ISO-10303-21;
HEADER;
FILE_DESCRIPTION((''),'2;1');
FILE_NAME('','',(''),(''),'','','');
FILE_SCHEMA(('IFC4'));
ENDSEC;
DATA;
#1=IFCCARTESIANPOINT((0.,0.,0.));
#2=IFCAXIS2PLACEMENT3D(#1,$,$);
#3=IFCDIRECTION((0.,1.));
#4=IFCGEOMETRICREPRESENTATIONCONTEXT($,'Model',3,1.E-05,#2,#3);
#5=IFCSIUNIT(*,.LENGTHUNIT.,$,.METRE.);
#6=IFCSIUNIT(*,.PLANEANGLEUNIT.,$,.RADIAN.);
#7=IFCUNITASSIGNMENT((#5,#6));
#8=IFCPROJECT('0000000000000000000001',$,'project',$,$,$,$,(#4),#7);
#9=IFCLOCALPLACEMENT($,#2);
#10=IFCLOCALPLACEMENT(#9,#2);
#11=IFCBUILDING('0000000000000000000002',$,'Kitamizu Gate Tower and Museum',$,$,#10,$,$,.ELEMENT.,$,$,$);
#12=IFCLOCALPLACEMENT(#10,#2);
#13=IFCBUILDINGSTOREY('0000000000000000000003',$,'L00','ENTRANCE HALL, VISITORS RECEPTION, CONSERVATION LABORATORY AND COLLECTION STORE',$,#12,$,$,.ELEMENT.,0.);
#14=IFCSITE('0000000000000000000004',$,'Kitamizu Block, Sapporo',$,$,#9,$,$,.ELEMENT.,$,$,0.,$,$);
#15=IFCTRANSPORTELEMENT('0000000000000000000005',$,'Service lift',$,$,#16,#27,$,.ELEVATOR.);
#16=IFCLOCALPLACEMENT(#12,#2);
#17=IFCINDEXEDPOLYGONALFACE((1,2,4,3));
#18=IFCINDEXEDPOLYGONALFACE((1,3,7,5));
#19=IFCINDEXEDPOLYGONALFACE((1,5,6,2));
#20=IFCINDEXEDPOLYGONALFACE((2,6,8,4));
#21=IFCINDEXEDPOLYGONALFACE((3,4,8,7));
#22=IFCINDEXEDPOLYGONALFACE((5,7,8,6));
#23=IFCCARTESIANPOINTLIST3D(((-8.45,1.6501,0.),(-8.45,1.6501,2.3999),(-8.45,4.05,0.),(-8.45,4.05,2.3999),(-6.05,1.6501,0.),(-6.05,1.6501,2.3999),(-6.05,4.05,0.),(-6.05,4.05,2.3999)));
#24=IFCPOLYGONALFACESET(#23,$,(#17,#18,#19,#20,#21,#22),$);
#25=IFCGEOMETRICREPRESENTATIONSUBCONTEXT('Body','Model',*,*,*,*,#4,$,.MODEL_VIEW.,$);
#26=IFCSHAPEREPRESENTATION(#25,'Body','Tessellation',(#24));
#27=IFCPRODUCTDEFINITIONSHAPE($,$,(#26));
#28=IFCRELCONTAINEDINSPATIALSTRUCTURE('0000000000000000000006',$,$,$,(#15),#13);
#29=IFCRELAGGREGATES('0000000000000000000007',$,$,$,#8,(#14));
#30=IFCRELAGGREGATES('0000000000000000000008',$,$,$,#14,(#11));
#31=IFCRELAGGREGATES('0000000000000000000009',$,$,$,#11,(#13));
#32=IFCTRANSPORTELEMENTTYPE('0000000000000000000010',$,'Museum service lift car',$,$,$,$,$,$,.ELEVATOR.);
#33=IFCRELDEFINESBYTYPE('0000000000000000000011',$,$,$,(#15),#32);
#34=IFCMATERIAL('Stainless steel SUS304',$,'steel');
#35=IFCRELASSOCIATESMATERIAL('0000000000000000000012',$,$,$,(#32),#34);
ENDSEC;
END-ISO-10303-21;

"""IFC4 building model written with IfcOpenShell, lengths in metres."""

from ifc_helpers import new_model, si_unit, direction, frame, origin, origin_2d, place, context, subcontext, project, spatial, rectangle, extrude, material, type_object, element, save


model = new_model("IFC4")

# Units and contexts
model_context = context("Model", 3, precision=1e-05, world=origin(), true_north=direction((0.0, 1.0)))
body_context = subcontext(model_context, "Body", "Model", "MODEL_VIEW")
ifc_project = project(units=[si_unit("LENGTHUNIT", "METRE"), si_unit("PLANEANGLEUNIT", "RADIAN")], contexts=[model_context])

# Site, building, storey
site_placement = place(None, origin())
site = spatial("IfcSite", under=ifc_project, at=site_placement, Name="Kitamizu Block, Sapporo", CompositionType="ELEMENT", RefElevation=0.0)
building_placement = place(site_placement, origin())
building = spatial("IfcBuilding", under=site, at=building_placement, Name="Kitamizu Gate Tower and Museum", CompositionType="ELEMENT")
storey_placement = place(building_placement, origin())
storey = spatial("IfcBuildingStorey", under=building, at=storey_placement, Name="L00", Description="ENTRANCE HALL, VISITORS RECEPTION, CONSERVATION LABORATORY AND COLLECTION STORE", CompositionType="ELEMENT", Elevation=0.0)

# Transport element
ifc_material_1 = material(Name="Stainless steel SUS304", Category="steel")
transport_element_type_1 = type_object("IfcTransportElementType", Name="Museum service lift car", PredefinedType="ELEVATOR", material=ifc_material_1)
transport_element_1_placement = place(storey_placement, frame((-7.25, 2.8501, 0.0), z_axis=(0.0, 0.0, 1.0), x_axis=(1.0, 0.0, 0.0)))
element("IfcTransportElement", 1, at=transport_element_1_placement, inside=storey, type_object=transport_element_type_1, Name="Service lift", PredefinedType="ELEVATOR", context=body_context, shape_type="SweptSolid", body=[
    extrude(rectangle(XDim=2.3999, YDim=2.3999, at=origin_2d()), origin(), (0.0, 0.0, 1.0), 2.3999),
])

save(model, "model.ifc")
